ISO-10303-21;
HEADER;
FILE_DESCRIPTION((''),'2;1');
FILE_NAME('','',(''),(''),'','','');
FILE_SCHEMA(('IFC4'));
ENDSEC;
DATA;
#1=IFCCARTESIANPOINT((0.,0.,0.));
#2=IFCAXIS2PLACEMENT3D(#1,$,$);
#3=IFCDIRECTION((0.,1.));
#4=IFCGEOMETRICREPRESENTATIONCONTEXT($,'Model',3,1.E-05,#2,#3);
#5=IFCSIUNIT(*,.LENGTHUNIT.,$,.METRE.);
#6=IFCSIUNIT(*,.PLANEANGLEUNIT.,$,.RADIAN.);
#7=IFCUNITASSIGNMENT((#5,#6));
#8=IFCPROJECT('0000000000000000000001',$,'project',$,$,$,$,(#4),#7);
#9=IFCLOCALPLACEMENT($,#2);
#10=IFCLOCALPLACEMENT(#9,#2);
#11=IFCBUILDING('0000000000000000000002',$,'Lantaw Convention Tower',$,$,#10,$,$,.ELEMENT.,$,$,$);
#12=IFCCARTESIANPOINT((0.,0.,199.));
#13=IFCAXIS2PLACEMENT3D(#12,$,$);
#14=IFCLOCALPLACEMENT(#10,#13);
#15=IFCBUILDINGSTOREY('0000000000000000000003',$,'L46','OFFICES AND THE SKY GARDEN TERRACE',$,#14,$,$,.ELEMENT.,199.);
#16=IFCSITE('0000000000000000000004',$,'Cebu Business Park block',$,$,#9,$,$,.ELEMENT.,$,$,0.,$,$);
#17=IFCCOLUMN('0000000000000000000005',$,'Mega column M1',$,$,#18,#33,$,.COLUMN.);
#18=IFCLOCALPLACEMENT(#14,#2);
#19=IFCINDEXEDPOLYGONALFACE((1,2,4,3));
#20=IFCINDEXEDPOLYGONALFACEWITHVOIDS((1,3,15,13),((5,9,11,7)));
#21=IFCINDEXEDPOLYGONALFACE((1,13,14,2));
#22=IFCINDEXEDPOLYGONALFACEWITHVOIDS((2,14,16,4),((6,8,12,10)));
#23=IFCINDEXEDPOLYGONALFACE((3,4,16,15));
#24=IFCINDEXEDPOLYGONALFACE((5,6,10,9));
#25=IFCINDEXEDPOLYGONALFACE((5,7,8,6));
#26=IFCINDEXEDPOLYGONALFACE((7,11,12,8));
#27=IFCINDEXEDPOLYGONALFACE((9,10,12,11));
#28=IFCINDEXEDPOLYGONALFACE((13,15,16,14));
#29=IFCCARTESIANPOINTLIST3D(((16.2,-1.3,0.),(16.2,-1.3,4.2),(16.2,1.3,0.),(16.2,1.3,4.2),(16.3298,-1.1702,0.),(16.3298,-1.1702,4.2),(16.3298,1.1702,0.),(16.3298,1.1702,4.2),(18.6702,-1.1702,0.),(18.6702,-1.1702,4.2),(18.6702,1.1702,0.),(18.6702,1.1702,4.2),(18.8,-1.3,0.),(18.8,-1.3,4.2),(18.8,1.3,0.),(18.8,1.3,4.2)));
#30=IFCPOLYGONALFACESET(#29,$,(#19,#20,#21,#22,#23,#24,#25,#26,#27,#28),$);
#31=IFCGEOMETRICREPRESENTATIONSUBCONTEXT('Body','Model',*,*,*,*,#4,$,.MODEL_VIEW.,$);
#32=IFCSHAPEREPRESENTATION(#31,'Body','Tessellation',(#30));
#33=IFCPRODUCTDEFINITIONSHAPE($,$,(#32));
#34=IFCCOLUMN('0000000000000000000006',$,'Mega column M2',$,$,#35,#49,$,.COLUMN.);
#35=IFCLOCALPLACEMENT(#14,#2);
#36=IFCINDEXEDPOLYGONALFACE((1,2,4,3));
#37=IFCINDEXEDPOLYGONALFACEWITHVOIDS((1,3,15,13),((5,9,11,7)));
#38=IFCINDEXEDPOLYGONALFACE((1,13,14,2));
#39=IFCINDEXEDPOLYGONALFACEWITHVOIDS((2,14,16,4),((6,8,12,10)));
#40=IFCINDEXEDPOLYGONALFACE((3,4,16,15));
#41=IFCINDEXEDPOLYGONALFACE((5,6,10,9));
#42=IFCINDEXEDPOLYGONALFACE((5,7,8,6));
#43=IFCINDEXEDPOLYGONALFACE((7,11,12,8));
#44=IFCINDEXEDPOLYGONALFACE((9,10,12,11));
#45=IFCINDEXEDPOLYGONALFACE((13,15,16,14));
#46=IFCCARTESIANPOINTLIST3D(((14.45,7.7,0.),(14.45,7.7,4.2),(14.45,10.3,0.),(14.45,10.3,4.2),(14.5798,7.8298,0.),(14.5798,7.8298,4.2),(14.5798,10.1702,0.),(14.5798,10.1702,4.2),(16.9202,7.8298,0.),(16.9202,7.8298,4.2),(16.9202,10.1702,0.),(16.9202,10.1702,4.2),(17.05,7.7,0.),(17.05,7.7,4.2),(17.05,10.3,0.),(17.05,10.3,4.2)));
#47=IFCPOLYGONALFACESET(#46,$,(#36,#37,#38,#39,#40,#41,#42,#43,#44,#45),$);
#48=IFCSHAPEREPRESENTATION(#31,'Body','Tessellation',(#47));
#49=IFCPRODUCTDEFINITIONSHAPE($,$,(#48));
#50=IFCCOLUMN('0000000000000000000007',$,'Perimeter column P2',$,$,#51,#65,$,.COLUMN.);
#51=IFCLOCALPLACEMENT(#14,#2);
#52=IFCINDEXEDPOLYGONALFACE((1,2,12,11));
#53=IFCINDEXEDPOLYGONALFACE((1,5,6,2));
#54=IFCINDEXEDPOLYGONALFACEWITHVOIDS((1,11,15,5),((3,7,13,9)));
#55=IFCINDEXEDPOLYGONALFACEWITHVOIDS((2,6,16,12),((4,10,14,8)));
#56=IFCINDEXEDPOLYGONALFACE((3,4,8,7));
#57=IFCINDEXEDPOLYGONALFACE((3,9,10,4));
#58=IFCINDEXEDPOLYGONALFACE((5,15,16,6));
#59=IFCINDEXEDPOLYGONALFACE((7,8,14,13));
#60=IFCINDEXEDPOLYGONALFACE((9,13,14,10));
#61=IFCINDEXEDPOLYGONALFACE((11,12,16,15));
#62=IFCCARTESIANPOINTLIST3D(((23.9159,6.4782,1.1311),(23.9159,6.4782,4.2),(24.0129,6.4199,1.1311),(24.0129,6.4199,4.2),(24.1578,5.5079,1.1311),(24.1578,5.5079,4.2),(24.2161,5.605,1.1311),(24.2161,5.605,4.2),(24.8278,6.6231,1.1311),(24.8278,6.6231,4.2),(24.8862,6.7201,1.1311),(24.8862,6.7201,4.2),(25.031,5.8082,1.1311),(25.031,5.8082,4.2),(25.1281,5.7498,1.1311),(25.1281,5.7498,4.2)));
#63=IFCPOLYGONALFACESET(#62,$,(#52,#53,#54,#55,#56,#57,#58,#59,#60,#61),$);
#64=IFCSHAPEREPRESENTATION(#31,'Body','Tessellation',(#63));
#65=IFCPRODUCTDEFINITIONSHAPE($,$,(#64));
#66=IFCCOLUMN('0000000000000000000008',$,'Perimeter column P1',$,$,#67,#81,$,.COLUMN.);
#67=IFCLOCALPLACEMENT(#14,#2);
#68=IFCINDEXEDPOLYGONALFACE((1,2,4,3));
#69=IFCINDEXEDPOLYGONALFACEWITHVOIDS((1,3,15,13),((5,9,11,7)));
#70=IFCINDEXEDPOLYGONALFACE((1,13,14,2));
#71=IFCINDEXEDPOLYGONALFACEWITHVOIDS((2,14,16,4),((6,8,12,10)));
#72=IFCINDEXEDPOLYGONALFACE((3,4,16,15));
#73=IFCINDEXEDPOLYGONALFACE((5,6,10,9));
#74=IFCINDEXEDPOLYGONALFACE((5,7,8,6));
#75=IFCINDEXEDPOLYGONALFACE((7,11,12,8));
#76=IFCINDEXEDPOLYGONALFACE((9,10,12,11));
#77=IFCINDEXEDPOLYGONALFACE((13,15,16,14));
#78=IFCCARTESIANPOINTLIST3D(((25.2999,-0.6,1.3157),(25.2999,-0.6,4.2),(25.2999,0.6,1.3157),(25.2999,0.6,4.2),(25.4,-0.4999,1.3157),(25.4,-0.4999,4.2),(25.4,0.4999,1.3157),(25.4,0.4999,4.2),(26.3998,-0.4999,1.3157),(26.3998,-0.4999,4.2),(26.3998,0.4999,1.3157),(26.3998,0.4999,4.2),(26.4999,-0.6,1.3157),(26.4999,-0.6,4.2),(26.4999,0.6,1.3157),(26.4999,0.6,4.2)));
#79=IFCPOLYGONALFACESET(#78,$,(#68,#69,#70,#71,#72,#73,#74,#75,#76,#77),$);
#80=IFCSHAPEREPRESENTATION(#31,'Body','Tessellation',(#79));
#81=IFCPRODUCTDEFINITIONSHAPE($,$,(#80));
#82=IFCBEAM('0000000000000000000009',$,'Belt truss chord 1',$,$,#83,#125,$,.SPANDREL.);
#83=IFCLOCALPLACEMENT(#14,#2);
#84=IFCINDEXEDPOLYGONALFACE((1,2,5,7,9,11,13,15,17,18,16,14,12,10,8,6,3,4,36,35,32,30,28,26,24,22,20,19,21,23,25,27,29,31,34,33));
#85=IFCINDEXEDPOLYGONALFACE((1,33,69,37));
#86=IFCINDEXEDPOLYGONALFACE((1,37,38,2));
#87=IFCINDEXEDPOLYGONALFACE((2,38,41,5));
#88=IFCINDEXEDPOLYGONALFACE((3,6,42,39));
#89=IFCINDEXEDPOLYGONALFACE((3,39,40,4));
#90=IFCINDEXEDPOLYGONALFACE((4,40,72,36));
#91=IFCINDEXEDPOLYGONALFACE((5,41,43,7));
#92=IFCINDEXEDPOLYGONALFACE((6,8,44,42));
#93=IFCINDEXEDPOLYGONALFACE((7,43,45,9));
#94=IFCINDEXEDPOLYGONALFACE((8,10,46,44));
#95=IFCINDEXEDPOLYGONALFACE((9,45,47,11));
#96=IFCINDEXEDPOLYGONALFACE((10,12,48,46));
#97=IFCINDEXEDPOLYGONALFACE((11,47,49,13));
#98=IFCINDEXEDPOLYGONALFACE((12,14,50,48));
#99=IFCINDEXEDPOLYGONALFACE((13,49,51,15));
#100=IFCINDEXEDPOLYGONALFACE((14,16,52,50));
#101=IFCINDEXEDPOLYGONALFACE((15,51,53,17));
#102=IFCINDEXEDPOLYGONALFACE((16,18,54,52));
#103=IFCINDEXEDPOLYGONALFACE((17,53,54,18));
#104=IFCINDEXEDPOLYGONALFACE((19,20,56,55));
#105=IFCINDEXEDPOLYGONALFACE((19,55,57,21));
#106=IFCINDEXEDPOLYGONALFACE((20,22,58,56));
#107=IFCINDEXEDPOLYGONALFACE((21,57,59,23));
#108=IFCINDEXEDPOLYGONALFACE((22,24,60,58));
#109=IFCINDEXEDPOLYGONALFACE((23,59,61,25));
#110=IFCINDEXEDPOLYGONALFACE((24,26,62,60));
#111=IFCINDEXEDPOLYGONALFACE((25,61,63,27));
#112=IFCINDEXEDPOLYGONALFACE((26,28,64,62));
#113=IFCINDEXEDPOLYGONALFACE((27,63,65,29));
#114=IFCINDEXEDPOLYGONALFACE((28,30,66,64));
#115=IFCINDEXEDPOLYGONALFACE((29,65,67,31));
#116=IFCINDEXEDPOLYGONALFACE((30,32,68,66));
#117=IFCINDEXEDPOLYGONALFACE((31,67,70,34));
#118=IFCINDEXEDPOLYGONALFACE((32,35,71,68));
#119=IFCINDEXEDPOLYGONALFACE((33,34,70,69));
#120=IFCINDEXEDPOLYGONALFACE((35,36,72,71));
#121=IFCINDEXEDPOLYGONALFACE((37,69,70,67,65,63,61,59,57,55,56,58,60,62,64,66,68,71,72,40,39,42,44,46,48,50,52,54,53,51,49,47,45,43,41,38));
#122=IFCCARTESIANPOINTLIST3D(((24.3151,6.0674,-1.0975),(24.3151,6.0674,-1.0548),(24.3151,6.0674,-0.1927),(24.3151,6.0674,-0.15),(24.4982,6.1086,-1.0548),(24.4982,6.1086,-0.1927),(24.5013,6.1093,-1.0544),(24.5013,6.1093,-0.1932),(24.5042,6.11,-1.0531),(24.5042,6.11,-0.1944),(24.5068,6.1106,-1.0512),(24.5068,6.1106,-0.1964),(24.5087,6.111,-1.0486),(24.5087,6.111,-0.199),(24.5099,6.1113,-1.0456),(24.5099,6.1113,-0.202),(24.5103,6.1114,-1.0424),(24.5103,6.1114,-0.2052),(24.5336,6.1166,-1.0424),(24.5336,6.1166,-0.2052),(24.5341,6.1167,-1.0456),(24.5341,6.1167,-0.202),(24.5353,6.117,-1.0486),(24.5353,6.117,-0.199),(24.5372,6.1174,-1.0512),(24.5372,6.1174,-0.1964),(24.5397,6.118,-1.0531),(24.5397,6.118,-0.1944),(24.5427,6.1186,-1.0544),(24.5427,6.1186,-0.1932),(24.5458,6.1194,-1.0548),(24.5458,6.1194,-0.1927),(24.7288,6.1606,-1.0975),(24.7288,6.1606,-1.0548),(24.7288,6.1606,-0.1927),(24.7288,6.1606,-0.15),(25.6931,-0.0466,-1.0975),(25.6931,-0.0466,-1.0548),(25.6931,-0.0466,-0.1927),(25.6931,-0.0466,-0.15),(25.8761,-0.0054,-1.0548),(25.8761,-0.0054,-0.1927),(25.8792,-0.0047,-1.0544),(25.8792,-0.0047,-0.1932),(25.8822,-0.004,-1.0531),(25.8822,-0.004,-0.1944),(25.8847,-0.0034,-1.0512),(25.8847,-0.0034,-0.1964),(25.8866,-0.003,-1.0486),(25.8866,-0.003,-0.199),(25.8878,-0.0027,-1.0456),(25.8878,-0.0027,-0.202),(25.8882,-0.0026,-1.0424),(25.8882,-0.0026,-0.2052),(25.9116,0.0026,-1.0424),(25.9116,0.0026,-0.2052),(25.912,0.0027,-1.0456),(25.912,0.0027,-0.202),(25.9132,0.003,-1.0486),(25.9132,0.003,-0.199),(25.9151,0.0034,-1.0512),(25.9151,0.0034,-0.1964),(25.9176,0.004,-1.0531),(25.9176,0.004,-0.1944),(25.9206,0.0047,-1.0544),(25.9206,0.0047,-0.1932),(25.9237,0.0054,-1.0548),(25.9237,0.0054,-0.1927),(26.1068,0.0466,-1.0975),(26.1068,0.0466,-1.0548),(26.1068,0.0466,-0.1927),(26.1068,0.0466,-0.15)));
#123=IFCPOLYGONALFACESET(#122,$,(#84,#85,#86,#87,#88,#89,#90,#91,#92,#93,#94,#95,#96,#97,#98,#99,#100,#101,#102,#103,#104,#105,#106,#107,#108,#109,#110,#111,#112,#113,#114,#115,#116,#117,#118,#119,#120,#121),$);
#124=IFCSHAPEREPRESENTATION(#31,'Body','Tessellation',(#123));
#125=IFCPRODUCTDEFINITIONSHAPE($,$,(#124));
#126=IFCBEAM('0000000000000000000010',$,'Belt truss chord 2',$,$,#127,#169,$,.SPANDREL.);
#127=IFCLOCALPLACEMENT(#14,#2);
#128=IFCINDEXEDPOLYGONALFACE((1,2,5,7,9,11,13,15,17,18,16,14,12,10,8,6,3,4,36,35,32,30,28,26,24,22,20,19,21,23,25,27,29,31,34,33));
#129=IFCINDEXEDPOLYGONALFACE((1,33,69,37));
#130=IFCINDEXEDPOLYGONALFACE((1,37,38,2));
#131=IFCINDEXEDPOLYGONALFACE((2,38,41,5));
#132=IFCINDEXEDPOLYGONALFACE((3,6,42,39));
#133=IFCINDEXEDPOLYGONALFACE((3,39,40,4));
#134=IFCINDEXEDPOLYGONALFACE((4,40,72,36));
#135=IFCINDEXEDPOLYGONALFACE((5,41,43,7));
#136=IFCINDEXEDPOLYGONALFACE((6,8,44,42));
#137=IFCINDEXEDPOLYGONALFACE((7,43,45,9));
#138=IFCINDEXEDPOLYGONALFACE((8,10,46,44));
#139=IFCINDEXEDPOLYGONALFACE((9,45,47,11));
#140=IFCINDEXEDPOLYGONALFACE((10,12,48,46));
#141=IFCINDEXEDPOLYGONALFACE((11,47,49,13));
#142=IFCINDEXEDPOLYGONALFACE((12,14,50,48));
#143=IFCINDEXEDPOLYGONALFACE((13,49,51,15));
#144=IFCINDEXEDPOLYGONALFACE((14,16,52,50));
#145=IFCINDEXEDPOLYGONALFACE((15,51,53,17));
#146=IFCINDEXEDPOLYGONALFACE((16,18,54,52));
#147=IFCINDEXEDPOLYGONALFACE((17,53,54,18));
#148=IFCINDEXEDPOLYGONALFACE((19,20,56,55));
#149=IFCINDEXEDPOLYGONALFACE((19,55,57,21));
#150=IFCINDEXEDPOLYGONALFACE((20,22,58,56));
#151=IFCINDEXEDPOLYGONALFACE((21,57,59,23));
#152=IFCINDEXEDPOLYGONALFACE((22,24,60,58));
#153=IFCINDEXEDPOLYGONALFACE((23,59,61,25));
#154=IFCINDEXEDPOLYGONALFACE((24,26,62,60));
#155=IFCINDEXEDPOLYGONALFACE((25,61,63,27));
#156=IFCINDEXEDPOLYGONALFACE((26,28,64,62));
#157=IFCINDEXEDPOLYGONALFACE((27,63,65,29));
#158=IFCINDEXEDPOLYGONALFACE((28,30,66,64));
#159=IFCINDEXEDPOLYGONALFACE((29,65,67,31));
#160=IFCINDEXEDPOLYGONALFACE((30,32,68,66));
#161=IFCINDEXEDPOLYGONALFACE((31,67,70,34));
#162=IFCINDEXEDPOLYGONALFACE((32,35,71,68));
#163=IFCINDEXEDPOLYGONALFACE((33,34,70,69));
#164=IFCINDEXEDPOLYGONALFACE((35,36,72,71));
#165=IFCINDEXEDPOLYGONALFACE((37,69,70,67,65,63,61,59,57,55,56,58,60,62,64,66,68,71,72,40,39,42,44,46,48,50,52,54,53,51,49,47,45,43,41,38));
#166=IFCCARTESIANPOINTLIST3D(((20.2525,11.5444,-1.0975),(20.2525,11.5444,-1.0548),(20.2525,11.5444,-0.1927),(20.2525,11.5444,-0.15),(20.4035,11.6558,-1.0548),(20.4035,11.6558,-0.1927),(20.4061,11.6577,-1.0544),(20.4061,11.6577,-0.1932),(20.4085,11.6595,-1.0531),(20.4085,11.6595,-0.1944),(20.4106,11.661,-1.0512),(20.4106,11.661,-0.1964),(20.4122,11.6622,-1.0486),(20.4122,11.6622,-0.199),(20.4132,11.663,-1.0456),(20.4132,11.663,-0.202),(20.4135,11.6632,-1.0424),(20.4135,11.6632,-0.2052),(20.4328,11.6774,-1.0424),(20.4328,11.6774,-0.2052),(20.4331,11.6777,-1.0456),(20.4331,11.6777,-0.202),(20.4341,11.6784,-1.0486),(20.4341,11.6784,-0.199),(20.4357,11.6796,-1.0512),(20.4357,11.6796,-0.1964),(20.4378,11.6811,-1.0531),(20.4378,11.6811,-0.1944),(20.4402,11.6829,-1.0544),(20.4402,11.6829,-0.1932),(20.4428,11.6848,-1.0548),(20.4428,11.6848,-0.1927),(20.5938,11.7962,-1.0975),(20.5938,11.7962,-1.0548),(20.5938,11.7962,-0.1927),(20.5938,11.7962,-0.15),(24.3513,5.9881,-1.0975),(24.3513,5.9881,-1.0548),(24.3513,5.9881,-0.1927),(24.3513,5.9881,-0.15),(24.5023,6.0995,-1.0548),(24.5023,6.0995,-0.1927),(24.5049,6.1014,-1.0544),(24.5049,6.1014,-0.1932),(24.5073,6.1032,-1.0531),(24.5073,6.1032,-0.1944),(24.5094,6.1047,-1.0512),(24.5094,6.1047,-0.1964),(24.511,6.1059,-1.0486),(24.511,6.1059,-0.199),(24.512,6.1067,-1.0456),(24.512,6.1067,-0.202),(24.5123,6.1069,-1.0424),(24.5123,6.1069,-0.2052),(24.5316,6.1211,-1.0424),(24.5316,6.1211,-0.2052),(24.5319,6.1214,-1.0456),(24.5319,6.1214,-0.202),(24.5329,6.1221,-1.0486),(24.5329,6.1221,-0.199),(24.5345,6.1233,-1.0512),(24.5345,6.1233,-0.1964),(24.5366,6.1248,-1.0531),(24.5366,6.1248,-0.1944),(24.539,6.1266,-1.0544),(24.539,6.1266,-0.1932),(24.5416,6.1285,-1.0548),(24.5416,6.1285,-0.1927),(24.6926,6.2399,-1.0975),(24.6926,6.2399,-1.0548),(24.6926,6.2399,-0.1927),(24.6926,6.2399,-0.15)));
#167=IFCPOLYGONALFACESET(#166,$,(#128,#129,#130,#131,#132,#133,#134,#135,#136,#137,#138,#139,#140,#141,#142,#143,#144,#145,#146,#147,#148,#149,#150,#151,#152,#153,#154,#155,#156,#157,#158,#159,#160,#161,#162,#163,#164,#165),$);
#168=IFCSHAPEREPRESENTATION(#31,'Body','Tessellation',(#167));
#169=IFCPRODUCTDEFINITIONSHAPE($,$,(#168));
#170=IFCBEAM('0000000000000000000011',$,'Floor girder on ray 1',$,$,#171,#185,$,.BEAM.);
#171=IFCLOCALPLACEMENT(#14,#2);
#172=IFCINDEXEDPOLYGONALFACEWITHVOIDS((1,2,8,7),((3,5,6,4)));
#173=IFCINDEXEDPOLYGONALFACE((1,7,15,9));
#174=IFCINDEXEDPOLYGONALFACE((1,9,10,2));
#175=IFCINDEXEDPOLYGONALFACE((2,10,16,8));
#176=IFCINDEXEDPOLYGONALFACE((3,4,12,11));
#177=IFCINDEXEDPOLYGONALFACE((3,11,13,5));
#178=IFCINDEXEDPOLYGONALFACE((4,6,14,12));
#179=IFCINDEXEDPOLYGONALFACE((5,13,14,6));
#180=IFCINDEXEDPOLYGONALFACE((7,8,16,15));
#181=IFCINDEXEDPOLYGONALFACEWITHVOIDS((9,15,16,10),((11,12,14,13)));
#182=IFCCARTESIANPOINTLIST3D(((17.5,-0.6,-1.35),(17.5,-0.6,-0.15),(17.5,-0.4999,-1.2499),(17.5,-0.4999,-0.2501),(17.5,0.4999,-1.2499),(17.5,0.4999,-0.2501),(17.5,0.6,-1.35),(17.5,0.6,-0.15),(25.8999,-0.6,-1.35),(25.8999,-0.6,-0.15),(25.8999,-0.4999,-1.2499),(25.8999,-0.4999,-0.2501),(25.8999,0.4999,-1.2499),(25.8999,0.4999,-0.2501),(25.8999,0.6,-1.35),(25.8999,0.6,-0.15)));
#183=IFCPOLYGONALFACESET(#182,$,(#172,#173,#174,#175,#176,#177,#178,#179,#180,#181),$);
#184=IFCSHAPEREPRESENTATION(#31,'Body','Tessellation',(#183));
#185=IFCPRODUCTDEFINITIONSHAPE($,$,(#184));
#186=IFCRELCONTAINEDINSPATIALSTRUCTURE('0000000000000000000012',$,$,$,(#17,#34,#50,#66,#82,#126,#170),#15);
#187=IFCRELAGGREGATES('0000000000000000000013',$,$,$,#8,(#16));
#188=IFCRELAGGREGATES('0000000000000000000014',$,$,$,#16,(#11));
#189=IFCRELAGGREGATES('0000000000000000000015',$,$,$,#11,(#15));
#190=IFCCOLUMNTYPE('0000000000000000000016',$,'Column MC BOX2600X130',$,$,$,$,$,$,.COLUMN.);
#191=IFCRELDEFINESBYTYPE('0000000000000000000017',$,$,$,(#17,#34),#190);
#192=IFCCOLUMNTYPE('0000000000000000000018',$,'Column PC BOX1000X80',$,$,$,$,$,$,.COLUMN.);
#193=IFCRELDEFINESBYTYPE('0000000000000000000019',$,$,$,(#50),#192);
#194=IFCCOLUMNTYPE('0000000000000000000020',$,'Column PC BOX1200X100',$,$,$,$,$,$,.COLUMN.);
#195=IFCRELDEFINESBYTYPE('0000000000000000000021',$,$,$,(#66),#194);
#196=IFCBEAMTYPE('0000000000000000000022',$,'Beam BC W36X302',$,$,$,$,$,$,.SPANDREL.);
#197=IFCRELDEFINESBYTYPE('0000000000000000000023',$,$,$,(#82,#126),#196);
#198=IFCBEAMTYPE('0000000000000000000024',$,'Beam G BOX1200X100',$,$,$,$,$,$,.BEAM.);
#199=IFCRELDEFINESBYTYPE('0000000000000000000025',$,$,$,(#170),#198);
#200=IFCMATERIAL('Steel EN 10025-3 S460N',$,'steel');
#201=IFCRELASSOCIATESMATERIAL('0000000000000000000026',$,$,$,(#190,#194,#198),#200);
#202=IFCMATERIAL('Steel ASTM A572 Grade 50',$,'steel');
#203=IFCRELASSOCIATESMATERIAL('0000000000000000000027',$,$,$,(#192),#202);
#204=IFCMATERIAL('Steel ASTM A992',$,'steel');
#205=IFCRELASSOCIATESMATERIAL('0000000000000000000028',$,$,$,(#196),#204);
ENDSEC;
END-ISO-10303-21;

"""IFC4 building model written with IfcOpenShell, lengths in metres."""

from ifc_helpers import new_model, si_unit, direction, frame, origin, origin_2d, place, context, subcontext, project, spatial, rectangle, hollow_rectangle, i_section, extrude, material, material_profile, profile_set, type_object, element, save


model = new_model("IFC4")

# Units and contexts
model_context = context("Model", 3, precision=1e-05, world=origin(), true_north=direction((0.0, 1.0)))
body_context = subcontext(model_context, "Body", "Model", "MODEL_VIEW")
ifc_project = project(units=[si_unit("LENGTHUNIT", "METRE"), si_unit("PLANEANGLEUNIT", "RADIAN")], contexts=[model_context])

# Site, building, storey
site_placement = place(None, origin())
site = spatial("IfcSite", under=ifc_project, at=site_placement, Name="Cebu Business Park block", CompositionType="ELEMENT", RefElevation=0.0)
building_placement = place(site_placement, origin())
building = spatial("IfcBuilding", under=site, at=building_placement, Name="Lantaw Convention Tower", CompositionType="ELEMENT")
storey_placement = place(building_placement, frame((0.0, 0.0, 199.0)))
storey = spatial("IfcBuildingStorey", under=building, at=storey_placement, Name="L46", Description="OFFICES AND THE SKY GARDEN TERRACE", CompositionType="ELEMENT", Elevation=199.0)

# Columns
ifc_material_1 = material(Name="Steel EN 10025-3 S460N", Category="steel")
ifc_material_profile_1 = material_profile(ifc_material_1, hollow_rectangle(XDim=2.6001, YDim=2.6001, WallThickness=0.1299, at=origin_2d()), Name="BOX2600X130")
ifc_material_2 = material(Name="Concrete C60/75", Category="concrete")
ifc_material_profile_2 = material_profile(ifc_material_2, rectangle(XDim=2.3401, YDim=2.3401, at=origin_2d()), Name="Concrete fill of BOX2600X130")
ifc_profile_set_1 = profile_set([ifc_material_profile_1, ifc_material_profile_2], Name="Steel EN 10025-3 S460N")
column_type_1 = type_object("IfcColumnType", Name="Column MC BOX2600X130", PredefinedType="COLUMN", material=ifc_profile_set_1)
for number, where, z_axis, x_axis, name in (
    (1, (17.5, 0.0, 0.0), (0.0, 0.0, 1.0), (1.0, 0.0, 0.0), "Mega column M1"),
    (2, (15.75, 9.0, 0.0), (0.0, 0.0, 1.0), (1.0, 0.0, 0.0), "Mega column M2"),
):
    element("IfcColumn", number, at=place(storey_placement, frame(where, z_axis=z_axis, x_axis=x_axis)), inside=storey, type_object=column_type_1, Name=name, PredefinedType="COLUMN", context=body_context, shape_type="SweptSolid", body=[
        extrude(hollow_rectangle(XDim=2.6001, YDim=2.6001, WallThickness=0.1299, at=origin_2d()), origin(), (0.0, 0.0, 1.0), 4.2),
    ])
ifc_material_3 = material(Name="Steel ASTM A572 Grade 50", Category="steel")
ifc_material_profile_3 = material_profile(ifc_material_3, hollow_rectangle(XDim=1.0, YDim=1.0, WallThickness=0.0801, at=origin_2d()), Name="BOX1000X80")
ifc_material_profile_4 = material_profile(ifc_material_2, rectangle(XDim=0.8401, YDim=0.8401, at=origin_2d()), Name="Concrete fill of BOX1000X80")
ifc_profile_set_2 = profile_set([ifc_material_profile_3, ifc_material_profile_4], Name="Steel ASTM A572 Grade 50")
column_type_2 = type_object("IfcColumnType", Name="Column PC BOX1000X80", PredefinedType="COLUMN", material=ifc_profile_set_2)
column_1_placement = place(storey_placement, frame((24.522, 6.114, 1.1311), z_axis=(0.0, 0.0, 1.0), x_axis=(0.970296, 0.241922, 0.0)))
element("IfcColumn", 3, at=column_1_placement, inside=storey, type_object=column_type_2, Name="Perimeter column P2", PredefinedType="COLUMN", context=body_context, shape_type="SweptSolid", body=[
    extrude(hollow_rectangle(XDim=1.0, YDim=1.0, WallThickness=0.0801, at=origin_2d()), origin(), (0.0, 0.0, 1.0), 3.0688),
])
ifc_material_profile_5 = material_profile(ifc_material_1, hollow_rectangle(XDim=1.2, YDim=1.2, WallThickness=0.1001, at=origin_2d()), Name="BOX1200X100")
ifc_material_profile_6 = material_profile(ifc_material_2, rectangle(XDim=1.0, YDim=1.0, at=origin_2d()), Name="Concrete fill of BOX1200X100")
ifc_profile_set_3 = profile_set([ifc_material_profile_5, ifc_material_profile_6], Name="Steel EN 10025-3 S460N")
column_type_3 = type_object("IfcColumnType", Name="Column PC BOX1200X100", PredefinedType="COLUMN", material=ifc_profile_set_3)
column_2_placement = place(storey_placement, frame((25.8999, 0.0, 1.3157), z_axis=(0.0, 0.0, 1.0), x_axis=(1.0, 0.0, 0.0)))
element("IfcColumn", 4, at=column_2_placement, inside=storey, type_object=column_type_3, Name="Perimeter column P1", PredefinedType="COLUMN", context=body_context, shape_type="SweptSolid", body=[
    extrude(hollow_rectangle(XDim=1.2, YDim=1.2, WallThickness=0.1001, at=origin_2d()), origin(), (0.0, 0.0, 1.0), 2.8843),
])

# Beams
ifc_material_4 = material(Name="Steel ASTM A992", Category="steel")
ifc_material_profile_7 = material_profile(ifc_material_4, i_section(OverallWidth=0.4241, OverallDepth=0.9475, WebThickness=0.0239, FlangeThickness=0.0427, FilletRadius=0.0125, at=origin_2d()), Name="W36X302")
ifc_profile_set_4 = profile_set([ifc_material_profile_7], Name="Steel ASTM A992")
beam_type_1 = type_object("IfcBeamType", Name="Beam BC W36X302", PredefinedType="SPANDREL", material=ifc_profile_set_4)
beam_1_placement = place(storey_placement, frame((25.8999, 0.0, -0.6238), z_axis=(-0.219858, 0.975532, 0.0), x_axis=(-0.975532, -0.219858, 0.0)))
element("IfcBeam", 5, at=beam_1_placement, inside=storey, type_object=beam_type_1, Name="Belt truss chord 1", PredefinedType="SPANDREL", context=body_context, shape_type="SweptSolid", body=[
    extrude(i_section(OverallWidth=0.4241, OverallDepth=0.9475, WebThickness=0.0239, FlangeThickness=0.0427, FilletRadius=0.0125, at=origin_2d()), origin(), (0.0, 0.0, 1.0), 6.2673),
])
beam_2_placement = place(storey_placement, frame((24.522, 6.114, -0.6238), z_axis=(-0.593639, 0.804731, 0.0), x_axis=(-0.804731, -0.593639, 0.0)))
element("IfcBeam", 6, at=beam_2_placement, inside=storey, type_object=beam_type_1, Name="Belt truss chord 2", PredefinedType="SPANDREL", context=body_context, shape_type="SweptSolid", body=[
    extrude(i_section(OverallWidth=0.4241, OverallDepth=0.9475, WebThickness=0.0239, FlangeThickness=0.0427, FilletRadius=0.0125, at=origin_2d()), origin(), (0.0, 0.0, 1.0), 6.9045),
])
ifc_material_profile_8 = material_profile(ifc_material_1, hollow_rectangle(XDim=1.2, YDim=1.2, WallThickness=0.1001, at=origin_2d()), Name="BOX1200X100")
ifc_profile_set_5 = profile_set([ifc_material_profile_8], Name="Steel EN 10025-3 S460N")
beam_type_2 = type_object("IfcBeamType", Name="Beam G BOX1200X100", PredefinedType="BEAM", material=ifc_profile_set_5)
beam_3_placement = place(storey_placement, frame((17.5, 0.0, -0.75), z_axis=(1.0, 0.0, 0.0), x_axis=(0.0, 1.0, 0.0)))
element("IfcBeam", 7, at=beam_3_placement, inside=storey, type_object=beam_type_2, Name="Floor girder on ray 1", PredefinedType="BEAM", context=body_context, shape_type="SweptSolid", body=[
    extrude(hollow_rectangle(XDim=1.2, YDim=1.2, WallThickness=0.1001, at=origin_2d()), origin(), (0.0, 0.0, 1.0), 8.3999),
])

save(model, "model.ifc")
